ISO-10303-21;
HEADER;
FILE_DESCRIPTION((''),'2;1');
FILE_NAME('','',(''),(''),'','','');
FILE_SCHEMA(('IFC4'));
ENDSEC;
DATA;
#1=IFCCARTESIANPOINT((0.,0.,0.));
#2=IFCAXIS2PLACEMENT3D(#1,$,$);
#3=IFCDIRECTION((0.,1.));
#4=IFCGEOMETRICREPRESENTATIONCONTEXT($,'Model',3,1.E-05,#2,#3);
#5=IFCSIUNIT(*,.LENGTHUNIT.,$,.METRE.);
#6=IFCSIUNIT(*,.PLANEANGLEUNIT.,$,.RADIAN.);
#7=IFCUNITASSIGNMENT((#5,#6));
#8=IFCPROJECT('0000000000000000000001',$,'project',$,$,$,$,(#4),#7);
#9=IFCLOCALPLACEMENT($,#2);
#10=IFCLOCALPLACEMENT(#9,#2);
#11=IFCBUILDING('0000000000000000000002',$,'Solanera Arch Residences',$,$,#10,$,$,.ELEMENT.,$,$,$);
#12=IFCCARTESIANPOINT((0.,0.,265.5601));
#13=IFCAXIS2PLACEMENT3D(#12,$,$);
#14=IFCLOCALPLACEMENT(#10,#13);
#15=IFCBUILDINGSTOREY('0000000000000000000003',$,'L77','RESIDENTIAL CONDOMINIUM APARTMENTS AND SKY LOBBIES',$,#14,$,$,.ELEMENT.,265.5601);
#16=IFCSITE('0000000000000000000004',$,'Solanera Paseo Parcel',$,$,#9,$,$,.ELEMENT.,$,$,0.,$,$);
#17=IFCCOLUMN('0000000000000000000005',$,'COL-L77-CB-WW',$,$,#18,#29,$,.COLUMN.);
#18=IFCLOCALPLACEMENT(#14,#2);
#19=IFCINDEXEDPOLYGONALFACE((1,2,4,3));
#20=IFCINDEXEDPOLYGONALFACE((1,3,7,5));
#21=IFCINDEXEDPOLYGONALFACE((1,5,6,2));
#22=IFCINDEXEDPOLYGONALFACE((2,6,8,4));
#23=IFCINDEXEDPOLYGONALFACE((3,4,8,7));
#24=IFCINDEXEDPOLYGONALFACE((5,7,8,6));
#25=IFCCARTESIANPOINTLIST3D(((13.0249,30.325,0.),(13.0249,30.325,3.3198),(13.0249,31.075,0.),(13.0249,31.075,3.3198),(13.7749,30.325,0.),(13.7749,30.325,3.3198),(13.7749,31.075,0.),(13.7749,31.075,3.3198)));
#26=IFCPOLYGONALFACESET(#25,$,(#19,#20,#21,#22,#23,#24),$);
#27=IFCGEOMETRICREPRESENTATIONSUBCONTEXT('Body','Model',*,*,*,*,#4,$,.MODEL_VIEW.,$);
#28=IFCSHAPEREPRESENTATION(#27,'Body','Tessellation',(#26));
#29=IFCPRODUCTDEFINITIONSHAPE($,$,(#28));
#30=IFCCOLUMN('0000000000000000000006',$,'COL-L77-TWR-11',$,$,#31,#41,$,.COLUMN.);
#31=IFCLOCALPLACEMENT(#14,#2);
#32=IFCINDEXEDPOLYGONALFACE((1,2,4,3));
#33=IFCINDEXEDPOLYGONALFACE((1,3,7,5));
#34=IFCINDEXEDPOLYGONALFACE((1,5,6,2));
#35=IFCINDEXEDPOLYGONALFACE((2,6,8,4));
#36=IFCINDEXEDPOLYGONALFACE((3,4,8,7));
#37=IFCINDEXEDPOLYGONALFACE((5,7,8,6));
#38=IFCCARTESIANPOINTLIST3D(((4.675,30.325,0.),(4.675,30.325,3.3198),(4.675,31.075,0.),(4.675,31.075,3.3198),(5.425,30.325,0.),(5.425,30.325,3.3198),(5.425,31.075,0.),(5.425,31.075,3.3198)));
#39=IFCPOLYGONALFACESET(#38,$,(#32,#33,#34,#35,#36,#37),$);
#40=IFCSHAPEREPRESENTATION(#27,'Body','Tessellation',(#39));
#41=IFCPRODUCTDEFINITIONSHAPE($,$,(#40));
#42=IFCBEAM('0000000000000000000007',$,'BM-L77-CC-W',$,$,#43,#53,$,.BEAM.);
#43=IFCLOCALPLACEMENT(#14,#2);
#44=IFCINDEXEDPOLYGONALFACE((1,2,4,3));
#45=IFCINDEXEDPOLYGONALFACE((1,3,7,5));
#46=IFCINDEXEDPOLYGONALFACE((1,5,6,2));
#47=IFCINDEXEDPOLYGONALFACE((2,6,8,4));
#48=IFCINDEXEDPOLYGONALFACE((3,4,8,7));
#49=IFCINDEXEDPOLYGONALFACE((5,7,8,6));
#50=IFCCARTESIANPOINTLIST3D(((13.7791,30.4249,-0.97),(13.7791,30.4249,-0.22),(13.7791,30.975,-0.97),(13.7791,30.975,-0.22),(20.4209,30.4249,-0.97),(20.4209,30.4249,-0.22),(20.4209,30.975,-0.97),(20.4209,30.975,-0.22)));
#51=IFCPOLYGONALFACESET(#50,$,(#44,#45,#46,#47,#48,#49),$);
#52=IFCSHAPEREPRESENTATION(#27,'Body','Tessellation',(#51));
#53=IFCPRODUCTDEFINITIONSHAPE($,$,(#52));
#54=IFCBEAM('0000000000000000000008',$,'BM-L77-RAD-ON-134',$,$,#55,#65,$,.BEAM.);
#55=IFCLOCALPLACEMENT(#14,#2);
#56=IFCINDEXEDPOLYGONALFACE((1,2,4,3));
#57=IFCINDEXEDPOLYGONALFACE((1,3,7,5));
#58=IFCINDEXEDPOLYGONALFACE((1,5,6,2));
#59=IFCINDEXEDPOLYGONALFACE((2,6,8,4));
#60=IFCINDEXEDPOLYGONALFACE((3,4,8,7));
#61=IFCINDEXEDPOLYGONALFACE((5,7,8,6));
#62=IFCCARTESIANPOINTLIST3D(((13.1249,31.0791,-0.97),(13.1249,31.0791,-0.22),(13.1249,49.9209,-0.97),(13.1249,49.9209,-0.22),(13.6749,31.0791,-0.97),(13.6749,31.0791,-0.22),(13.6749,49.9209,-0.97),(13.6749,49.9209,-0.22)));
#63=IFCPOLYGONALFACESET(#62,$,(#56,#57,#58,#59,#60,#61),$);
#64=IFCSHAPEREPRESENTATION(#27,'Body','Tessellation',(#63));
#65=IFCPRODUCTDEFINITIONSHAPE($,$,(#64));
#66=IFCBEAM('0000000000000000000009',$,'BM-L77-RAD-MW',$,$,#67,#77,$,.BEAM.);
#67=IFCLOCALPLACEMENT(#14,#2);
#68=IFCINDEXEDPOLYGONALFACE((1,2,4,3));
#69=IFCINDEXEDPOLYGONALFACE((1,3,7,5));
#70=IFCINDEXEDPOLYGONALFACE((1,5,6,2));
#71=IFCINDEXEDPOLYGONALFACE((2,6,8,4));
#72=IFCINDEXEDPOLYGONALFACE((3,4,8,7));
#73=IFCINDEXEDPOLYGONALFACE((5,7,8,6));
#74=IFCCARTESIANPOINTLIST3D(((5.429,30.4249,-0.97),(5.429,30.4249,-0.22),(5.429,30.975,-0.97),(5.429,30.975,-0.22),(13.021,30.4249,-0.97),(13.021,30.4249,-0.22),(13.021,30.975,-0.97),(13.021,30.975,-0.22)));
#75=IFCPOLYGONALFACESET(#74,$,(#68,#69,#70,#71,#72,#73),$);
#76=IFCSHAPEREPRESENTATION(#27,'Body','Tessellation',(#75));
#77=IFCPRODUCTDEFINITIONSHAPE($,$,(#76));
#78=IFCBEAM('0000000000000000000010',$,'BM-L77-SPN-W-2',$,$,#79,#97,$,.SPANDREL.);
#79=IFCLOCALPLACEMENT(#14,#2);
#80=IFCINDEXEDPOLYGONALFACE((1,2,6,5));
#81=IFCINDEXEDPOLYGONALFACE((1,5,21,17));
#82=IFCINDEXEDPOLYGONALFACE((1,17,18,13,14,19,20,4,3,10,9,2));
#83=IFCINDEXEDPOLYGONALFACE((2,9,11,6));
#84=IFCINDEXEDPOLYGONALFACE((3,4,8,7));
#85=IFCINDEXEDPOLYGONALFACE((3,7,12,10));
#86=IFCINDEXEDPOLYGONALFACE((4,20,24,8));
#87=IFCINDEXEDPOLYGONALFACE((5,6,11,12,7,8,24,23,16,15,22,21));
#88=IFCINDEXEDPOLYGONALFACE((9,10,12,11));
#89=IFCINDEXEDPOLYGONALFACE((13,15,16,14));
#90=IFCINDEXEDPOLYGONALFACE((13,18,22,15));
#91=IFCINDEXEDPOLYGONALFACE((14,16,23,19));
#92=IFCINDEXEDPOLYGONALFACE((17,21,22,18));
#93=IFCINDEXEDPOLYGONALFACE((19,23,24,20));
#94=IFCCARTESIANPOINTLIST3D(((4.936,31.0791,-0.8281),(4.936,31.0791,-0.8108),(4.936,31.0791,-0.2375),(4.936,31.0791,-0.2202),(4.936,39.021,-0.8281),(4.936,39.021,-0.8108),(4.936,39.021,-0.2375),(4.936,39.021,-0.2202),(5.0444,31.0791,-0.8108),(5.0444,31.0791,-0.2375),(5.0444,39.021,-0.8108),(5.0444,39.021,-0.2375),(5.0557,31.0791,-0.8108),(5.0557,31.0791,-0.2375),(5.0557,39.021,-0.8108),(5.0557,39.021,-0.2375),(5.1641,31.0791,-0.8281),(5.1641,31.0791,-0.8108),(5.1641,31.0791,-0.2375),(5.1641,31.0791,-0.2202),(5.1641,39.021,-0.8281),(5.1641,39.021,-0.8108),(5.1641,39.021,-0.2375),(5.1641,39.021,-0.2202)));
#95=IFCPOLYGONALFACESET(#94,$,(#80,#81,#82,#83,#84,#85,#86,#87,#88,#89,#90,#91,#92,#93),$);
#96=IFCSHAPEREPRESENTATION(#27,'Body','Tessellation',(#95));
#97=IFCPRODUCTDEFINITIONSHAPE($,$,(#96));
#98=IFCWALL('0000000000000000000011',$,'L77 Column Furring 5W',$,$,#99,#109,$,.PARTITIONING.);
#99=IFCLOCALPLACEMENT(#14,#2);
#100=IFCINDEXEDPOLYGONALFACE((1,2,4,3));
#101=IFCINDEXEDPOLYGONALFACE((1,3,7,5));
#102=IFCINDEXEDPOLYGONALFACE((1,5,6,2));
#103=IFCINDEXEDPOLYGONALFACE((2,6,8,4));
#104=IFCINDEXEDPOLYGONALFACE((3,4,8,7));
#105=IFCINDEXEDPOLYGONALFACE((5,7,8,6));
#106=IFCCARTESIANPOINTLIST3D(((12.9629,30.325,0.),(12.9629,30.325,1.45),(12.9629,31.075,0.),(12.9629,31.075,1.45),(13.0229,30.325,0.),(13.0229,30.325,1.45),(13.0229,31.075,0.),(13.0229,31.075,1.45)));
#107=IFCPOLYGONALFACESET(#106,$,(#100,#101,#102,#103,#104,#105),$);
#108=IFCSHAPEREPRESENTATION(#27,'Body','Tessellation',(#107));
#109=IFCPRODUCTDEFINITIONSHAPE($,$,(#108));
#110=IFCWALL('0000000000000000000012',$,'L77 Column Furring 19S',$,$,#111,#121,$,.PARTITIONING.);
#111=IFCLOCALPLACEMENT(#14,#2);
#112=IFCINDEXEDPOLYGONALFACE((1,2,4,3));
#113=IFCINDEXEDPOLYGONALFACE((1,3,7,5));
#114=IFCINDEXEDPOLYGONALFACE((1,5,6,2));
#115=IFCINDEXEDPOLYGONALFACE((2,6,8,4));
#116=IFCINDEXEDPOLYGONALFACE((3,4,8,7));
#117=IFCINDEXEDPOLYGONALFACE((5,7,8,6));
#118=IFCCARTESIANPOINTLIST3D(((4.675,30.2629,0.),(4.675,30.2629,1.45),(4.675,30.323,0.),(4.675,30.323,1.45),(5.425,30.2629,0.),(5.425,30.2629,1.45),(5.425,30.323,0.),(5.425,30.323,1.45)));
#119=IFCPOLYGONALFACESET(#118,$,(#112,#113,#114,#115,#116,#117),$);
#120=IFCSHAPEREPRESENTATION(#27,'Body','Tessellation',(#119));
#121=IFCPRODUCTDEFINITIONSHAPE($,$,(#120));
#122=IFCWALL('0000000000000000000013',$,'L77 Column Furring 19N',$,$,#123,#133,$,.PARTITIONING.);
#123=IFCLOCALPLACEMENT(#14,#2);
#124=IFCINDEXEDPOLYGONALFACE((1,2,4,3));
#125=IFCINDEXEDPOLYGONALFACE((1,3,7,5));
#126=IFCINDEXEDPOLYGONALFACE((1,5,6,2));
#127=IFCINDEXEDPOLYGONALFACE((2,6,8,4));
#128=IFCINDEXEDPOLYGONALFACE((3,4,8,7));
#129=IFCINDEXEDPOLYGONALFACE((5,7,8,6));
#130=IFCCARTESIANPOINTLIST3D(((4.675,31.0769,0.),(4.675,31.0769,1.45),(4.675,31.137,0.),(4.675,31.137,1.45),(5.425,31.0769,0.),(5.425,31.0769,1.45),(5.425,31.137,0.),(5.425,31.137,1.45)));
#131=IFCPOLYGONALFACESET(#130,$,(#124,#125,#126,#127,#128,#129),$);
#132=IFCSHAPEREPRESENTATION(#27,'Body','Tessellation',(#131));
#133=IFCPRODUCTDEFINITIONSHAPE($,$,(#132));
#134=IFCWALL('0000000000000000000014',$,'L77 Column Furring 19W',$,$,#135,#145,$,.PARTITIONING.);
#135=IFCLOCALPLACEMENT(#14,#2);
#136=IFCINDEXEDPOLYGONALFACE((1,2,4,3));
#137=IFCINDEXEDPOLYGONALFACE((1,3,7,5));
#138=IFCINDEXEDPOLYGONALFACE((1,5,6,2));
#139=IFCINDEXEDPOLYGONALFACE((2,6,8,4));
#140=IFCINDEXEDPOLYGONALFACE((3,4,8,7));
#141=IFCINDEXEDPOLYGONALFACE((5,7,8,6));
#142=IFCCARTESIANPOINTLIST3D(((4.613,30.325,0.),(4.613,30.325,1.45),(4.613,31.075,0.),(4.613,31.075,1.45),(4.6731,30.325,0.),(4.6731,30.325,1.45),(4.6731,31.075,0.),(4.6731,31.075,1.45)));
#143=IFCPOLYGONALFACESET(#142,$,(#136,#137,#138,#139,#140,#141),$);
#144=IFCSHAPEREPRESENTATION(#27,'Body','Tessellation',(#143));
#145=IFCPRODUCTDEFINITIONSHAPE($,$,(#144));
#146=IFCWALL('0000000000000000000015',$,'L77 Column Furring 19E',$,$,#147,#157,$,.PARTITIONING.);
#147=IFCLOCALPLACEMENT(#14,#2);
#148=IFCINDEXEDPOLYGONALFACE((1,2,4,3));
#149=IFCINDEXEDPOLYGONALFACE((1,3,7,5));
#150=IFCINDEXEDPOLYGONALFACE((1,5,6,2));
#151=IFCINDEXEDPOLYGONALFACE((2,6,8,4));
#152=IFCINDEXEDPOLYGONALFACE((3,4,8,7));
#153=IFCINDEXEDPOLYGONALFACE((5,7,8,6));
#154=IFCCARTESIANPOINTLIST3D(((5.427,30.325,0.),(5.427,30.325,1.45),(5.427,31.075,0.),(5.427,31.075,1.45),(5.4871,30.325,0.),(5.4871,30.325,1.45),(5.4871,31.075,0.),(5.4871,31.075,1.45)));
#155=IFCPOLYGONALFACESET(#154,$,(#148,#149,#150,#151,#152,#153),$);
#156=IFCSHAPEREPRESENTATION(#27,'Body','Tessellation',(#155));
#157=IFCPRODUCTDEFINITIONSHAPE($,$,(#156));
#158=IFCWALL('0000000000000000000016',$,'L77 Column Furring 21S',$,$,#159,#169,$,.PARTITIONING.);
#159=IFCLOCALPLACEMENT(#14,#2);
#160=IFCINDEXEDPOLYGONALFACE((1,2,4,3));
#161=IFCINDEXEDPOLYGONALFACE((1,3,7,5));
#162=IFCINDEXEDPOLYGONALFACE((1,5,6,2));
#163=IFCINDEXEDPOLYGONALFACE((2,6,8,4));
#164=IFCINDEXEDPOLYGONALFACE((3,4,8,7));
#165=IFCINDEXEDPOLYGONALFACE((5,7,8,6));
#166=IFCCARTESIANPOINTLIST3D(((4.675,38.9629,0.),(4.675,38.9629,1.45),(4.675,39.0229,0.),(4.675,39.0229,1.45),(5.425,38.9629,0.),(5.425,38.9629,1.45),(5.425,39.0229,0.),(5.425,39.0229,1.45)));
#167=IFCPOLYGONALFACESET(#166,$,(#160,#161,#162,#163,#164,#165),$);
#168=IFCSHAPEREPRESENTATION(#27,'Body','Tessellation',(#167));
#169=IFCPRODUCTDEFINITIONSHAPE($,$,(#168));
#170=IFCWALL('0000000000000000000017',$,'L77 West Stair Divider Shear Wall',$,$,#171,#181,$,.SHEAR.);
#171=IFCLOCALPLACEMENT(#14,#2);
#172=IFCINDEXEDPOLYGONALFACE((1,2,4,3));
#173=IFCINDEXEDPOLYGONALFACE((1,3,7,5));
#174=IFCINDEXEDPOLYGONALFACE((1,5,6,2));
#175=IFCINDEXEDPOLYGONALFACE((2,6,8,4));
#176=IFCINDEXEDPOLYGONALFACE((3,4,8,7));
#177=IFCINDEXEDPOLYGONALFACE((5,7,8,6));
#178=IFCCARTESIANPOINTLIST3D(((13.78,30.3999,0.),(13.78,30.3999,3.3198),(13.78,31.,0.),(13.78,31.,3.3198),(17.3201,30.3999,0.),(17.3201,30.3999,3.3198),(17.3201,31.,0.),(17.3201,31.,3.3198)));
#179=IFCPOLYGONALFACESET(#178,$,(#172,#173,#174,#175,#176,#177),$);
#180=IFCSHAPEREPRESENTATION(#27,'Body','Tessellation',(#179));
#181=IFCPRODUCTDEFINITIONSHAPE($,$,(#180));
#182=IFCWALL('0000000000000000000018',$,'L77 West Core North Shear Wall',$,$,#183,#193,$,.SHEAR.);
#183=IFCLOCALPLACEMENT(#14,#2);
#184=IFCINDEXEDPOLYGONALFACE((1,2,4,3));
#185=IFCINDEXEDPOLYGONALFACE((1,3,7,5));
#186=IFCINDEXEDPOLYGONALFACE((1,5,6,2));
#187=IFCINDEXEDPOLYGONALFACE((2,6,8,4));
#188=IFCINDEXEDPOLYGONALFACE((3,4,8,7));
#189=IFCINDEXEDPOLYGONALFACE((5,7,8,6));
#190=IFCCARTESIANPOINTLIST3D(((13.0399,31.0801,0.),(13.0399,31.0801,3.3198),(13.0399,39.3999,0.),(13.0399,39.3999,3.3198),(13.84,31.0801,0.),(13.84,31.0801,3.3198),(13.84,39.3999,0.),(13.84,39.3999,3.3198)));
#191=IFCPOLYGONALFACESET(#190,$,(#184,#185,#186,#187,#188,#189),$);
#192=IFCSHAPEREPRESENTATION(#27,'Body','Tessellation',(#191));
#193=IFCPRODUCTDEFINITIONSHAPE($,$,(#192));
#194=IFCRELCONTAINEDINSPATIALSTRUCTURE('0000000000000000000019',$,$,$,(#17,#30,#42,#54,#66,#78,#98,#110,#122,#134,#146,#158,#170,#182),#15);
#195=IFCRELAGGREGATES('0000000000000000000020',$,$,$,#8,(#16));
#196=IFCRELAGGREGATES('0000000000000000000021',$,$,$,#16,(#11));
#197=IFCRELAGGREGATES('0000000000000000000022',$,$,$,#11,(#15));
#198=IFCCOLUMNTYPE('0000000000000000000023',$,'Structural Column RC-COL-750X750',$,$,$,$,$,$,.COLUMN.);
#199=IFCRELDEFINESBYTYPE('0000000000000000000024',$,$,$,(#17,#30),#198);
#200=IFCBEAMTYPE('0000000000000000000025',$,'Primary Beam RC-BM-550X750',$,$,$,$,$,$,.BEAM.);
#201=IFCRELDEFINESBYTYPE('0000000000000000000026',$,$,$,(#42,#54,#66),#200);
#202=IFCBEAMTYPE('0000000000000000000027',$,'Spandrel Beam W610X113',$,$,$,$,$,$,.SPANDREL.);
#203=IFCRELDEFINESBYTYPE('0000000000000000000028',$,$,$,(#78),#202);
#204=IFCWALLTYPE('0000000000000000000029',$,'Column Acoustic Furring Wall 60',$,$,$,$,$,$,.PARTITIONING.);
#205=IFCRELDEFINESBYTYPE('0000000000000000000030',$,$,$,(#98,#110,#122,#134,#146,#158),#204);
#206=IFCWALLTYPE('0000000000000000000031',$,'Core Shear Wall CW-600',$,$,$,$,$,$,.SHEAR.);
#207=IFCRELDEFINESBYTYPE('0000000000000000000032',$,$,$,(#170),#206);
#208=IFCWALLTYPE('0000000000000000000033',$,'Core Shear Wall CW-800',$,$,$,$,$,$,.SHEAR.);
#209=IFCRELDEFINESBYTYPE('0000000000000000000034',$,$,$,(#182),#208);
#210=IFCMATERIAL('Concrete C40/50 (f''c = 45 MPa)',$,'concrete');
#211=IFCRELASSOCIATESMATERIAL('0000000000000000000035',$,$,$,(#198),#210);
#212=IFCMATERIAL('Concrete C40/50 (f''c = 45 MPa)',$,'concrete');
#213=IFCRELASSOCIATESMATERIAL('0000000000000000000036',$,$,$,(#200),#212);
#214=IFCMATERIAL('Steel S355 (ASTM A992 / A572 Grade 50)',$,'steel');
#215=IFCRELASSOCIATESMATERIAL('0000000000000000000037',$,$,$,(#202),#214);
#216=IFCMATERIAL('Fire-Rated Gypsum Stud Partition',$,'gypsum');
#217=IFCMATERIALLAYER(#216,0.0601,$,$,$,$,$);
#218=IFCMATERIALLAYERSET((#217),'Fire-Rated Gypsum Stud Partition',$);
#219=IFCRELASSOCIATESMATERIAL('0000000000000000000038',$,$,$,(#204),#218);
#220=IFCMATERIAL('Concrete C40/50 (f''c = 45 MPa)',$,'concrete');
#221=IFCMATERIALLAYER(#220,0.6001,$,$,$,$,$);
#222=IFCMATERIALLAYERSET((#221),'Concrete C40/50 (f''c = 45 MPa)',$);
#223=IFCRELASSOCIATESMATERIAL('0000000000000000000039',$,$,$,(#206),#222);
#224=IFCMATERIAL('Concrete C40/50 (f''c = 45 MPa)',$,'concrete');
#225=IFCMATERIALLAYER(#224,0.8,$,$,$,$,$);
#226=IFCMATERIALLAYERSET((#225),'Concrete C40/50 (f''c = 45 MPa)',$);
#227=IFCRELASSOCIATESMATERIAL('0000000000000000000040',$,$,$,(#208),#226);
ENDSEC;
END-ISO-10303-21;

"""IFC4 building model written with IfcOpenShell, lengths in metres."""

from ifc_helpers import new_model, si_unit, direction, frame, frame_2d, origin, origin_2d, place, context, subcontext, project, spatial, rectangle, i_section, extrude, material, layer, layer_set, material_profile, profile_set, type_object, element, save


model = new_model("IFC4")

# Units and contexts
model_context = context("Model", 3, precision=1e-05, world=origin(), true_north=direction((0.0, 1.0)))
body_context = subcontext(model_context, "Body", "Model", "MODEL_VIEW")
ifc_project = project(units=[si_unit("LENGTHUNIT", "METRE"), si_unit("PLANEANGLEUNIT", "RADIAN")], contexts=[model_context])

# Site, building, storey
site_placement = place(None, origin())
site = spatial("IfcSite", under=ifc_project, at=site_placement, Name="Solanera Paseo Parcel", CompositionType="ELEMENT", RefElevation=0.0)
building_placement = place(site_placement, origin())
building = spatial("IfcBuilding", under=site, at=building_placement, Name="Solanera Arch Residences", CompositionType="ELEMENT")
storey_placement = place(building_placement, frame((0.0, 0.0, 265.5601)))
storey = spatial("IfcBuildingStorey", under=building, at=storey_placement, Name="L77", Description="RESIDENTIAL CONDOMINIUM APARTMENTS AND SKY LOBBIES", CompositionType="ELEMENT", Elevation=265.5601)

# Columns
ifc_material_1 = material(Name="Concrete C40/50 (f'c = 45 MPa)", Category="concrete")
ifc_material_profile_1 = material_profile(ifc_material_1, rectangle(XDim=0.75, YDim=0.75, at=origin_2d()))
ifc_profile_set_1 = profile_set([ifc_material_profile_1], Name="Concrete C40/50 (f'c = 45 MPa)")
column_type = type_object("IfcColumnType", Name="Structural Column RC-COL-750X750", PredefinedType="COLUMN", material=ifc_profile_set_1)
for number, where, z_axis, x_axis, name in (
    (1, (13.3999, 30.7, 0.0), (0.0, 0.0, 1.0), (1.0, 0.0, 0.0), "COL-L77-CB-WW"),
    (2, (5.05, 30.7, 0.0), (0.0, 0.0, 1.0), (1.0, 0.0, 0.0), "COL-L77-TWR-11"),
):
    element("IfcColumn", number, at=place(storey_placement, frame(where, z_axis=z_axis, x_axis=x_axis)), inside=storey, type_object=column_type, Name=name, PredefinedType="COLUMN", context=body_context, shape_type="SweptSolid", body=[
        extrude(rectangle(XDim=0.75, YDim=0.75, at=origin_2d()), origin(), (0.0, 0.0, 1.0), 3.3198),
    ])

# Beams
ifc_material_2 = material(Name="Concrete C40/50 (f'c = 45 MPa)", Category="concrete")
ifc_material_profile_2 = material_profile(ifc_material_2, rectangle(XDim=0.55, YDim=0.75, at=origin_2d()))
ifc_profile_set_2 = profile_set([ifc_material_profile_2], Name="Concrete C40/50 (f'c = 45 MPa)")
beam_type_1 = type_object("IfcBeamType", Name="Primary Beam RC-BM-550X750", PredefinedType="BEAM", material=ifc_profile_set_2)
beam_1_placement = place(storey_placement, frame((13.7791, 30.7, -0.595), z_axis=(1.0, 0.0, 0.0), x_axis=(0.0, 1.0, 0.0)))
element("IfcBeam", 3, at=beam_1_placement, inside=storey, type_object=beam_type_1, Name="BM-L77-CC-W", PredefinedType="BEAM", context=body_context, shape_type="SweptSolid", body=[
    extrude(rectangle(XDim=0.55, YDim=0.75, at=origin_2d()), origin(), (0.0, 0.0, 1.0), 6.6418),
])
beam_2_placement = place(storey_placement, frame((13.3999, 31.0791, -0.595), z_axis=(0.0, 1.0, 0.0), x_axis=(-1.0, 0.0, 0.0)))
element("IfcBeam", 4, at=beam_2_placement, inside=storey, type_object=beam_type_1, Name="BM-L77-RAD-ON-134", PredefinedType="BEAM", context=body_context, shape_type="SweptSolid", body=[
    extrude(rectangle(XDim=0.55, YDim=0.75, at=origin_2d()), origin(), (0.0, 0.0, 1.0), 18.8418),
])
beam_3_placement = place(storey_placement, frame((5.429, 30.7, -0.595), z_axis=(1.0, 0.0, 0.0), x_axis=(0.0, 1.0, 0.0)))
element("IfcBeam", 5, at=beam_3_placement, inside=storey, type_object=beam_type_1, Name="BM-L77-RAD-MW", PredefinedType="BEAM", context=body_context, shape_type="SweptSolid", body=[
    extrude(rectangle(XDim=0.55, YDim=0.75, at=origin_2d()), origin(), (0.0, 0.0, 1.0), 7.592),
])
ifc_material_3 = material(Name="Steel S355 (ASTM A992 / A572 Grade 50)", Category="steel")
ifc_material_profile_3 = material_profile(ifc_material_3, i_section(OverallWidth=0.228, OverallDepth=0.6079, WebThickness=0.0112, FlangeThickness=0.0173, at=origin_2d()))
ifc_profile_set_3 = profile_set([ifc_material_profile_3], Name="Steel S355 (ASTM A992 / A572 Grade 50)")
beam_type_2 = type_object("IfcBeamType", Name="Spandrel Beam W610X113", PredefinedType="SPANDREL", material=ifc_profile_set_3)
beam_4_placement = place(storey_placement, frame((5.05, 31.0791, -0.5242), z_axis=(0.0, 1.0, 0.0), x_axis=(-1.0, 0.0, 0.0)))
element("IfcBeam", 6, at=beam_4_placement, inside=storey, type_object=beam_type_2, Name="BM-L77-SPN-W-2", PredefinedType="SPANDREL", context=body_context, shape_type="SweptSolid", body=[
    extrude(i_section(OverallWidth=0.228, OverallDepth=0.6079, WebThickness=0.0112, FlangeThickness=0.0173, at=origin_2d()), origin(), (0.0, 0.0, 1.0), 7.9419),
])

# Walls
ifc_material_4 = material(Name="Fire-Rated Gypsum Stud Partition", Category="gypsum")
ifc_layer_1 = layer(ifc_material_4, 0.0601)
ifc_layer_set_1 = layer_set([ifc_layer_1], Name="Fire-Rated Gypsum Stud Partition")
wall_type_1 = type_object("IfcWallType", Name="Column Acoustic Furring Wall 60", PredefinedType="PARTITIONING", material=ifc_layer_set_1)
for number, where, z_axis, x_axis, name in (
    (7, (12.9929, 30.325, 0.0), (0.0, 0.0, 1.0), (0.0, 1.0, 0.0), "L77 Column Furring 5W"),
    (8, (4.675, 30.293, 0.0), (0.0, 0.0, 1.0), (1.0, 0.0, 0.0), "L77 Column Furring 19S"),
    (9, (4.675, 31.1069, 0.0), (0.0, 0.0, 1.0), (1.0, 0.0, 0.0), "L77 Column Furring 19N"),
    (10, (4.6431, 30.325, 0.0), (0.0, 0.0, 1.0), (0.0, 1.0, 0.0), "L77 Column Furring 19W"),
    (11, (5.457, 30.325, 0.0), (0.0, 0.0, 1.0), (0.0, 1.0, 0.0), "L77 Column Furring 19E"),
    (12, (4.675, 38.9929, 0.0), (0.0, 0.0, 1.0), (1.0, 0.0, 0.0), "L77 Column Furring 21S"),
):
    element("IfcWall", number, at=place(storey_placement, frame(where, z_axis=z_axis, x_axis=x_axis)), inside=storey, type_object=wall_type_1, Name=name, PredefinedType="PARTITIONING", context=body_context, shape_type="SweptSolid", body=[
        extrude(rectangle(XDim=0.75, YDim=0.0601, at=frame_2d((0.375, 0.0))), origin(), (0.0, 0.0, 1.0), 1.45),
    ])
ifc_material_5 = material(Name="Concrete C40/50 (f'c = 45 MPa)", Category="concrete")
ifc_layer_2 = layer(ifc_material_5, 0.6001)
ifc_layer_set_2 = layer_set([ifc_layer_2], Name="Concrete C40/50 (f'c = 45 MPa)")
wall_type_2 = type_object("IfcWallType", Name="Core Shear Wall CW-600", PredefinedType="SHEAR", material=ifc_layer_set_2)
wall_1_placement = place(storey_placement, frame((13.78, 30.7, 0.0), z_axis=(0.0, 0.0, 1.0), x_axis=(1.0, 0.0, 0.0)))
element("IfcWall", 13, at=wall_1_placement, inside=storey, type_object=wall_type_2, Name="L77 West Stair Divider Shear Wall", PredefinedType="SHEAR", context=body_context, shape_type="SweptSolid", body=[
    extrude(rectangle(XDim=3.54, YDim=0.6001, at=frame_2d((1.77, 0.0))), origin(), (0.0, 0.0, 1.0), 3.3198),
])
ifc_material_6 = material(Name="Concrete C40/50 (f'c = 45 MPa)", Category="concrete")
ifc_layer_3 = layer(ifc_material_6, 0.8)
ifc_layer_set_3 = layer_set([ifc_layer_3], Name="Concrete C40/50 (f'c = 45 MPa)")
wall_type_3 = type_object("IfcWallType", Name="Core Shear Wall CW-800", PredefinedType="SHEAR", material=ifc_layer_set_3)
wall_2_placement = place(storey_placement, frame((13.4399, 31.0801, 0.0), z_axis=(0.0, 0.0, 1.0), x_axis=(0.0, 1.0, 0.0)))
element("IfcWall", 14, at=wall_2_placement, inside=storey, type_object=wall_type_3, Name="L77 West Core North Shear Wall", PredefinedType="SHEAR", context=body_context, shape_type="SweptSolid", body=[
    extrude(rectangle(XDim=8.3198, YDim=0.8, at=frame_2d((4.1599, 0.0))), origin(), (0.0, 0.0, 1.0), 3.3198),
])

save(model, "model.ifc")
